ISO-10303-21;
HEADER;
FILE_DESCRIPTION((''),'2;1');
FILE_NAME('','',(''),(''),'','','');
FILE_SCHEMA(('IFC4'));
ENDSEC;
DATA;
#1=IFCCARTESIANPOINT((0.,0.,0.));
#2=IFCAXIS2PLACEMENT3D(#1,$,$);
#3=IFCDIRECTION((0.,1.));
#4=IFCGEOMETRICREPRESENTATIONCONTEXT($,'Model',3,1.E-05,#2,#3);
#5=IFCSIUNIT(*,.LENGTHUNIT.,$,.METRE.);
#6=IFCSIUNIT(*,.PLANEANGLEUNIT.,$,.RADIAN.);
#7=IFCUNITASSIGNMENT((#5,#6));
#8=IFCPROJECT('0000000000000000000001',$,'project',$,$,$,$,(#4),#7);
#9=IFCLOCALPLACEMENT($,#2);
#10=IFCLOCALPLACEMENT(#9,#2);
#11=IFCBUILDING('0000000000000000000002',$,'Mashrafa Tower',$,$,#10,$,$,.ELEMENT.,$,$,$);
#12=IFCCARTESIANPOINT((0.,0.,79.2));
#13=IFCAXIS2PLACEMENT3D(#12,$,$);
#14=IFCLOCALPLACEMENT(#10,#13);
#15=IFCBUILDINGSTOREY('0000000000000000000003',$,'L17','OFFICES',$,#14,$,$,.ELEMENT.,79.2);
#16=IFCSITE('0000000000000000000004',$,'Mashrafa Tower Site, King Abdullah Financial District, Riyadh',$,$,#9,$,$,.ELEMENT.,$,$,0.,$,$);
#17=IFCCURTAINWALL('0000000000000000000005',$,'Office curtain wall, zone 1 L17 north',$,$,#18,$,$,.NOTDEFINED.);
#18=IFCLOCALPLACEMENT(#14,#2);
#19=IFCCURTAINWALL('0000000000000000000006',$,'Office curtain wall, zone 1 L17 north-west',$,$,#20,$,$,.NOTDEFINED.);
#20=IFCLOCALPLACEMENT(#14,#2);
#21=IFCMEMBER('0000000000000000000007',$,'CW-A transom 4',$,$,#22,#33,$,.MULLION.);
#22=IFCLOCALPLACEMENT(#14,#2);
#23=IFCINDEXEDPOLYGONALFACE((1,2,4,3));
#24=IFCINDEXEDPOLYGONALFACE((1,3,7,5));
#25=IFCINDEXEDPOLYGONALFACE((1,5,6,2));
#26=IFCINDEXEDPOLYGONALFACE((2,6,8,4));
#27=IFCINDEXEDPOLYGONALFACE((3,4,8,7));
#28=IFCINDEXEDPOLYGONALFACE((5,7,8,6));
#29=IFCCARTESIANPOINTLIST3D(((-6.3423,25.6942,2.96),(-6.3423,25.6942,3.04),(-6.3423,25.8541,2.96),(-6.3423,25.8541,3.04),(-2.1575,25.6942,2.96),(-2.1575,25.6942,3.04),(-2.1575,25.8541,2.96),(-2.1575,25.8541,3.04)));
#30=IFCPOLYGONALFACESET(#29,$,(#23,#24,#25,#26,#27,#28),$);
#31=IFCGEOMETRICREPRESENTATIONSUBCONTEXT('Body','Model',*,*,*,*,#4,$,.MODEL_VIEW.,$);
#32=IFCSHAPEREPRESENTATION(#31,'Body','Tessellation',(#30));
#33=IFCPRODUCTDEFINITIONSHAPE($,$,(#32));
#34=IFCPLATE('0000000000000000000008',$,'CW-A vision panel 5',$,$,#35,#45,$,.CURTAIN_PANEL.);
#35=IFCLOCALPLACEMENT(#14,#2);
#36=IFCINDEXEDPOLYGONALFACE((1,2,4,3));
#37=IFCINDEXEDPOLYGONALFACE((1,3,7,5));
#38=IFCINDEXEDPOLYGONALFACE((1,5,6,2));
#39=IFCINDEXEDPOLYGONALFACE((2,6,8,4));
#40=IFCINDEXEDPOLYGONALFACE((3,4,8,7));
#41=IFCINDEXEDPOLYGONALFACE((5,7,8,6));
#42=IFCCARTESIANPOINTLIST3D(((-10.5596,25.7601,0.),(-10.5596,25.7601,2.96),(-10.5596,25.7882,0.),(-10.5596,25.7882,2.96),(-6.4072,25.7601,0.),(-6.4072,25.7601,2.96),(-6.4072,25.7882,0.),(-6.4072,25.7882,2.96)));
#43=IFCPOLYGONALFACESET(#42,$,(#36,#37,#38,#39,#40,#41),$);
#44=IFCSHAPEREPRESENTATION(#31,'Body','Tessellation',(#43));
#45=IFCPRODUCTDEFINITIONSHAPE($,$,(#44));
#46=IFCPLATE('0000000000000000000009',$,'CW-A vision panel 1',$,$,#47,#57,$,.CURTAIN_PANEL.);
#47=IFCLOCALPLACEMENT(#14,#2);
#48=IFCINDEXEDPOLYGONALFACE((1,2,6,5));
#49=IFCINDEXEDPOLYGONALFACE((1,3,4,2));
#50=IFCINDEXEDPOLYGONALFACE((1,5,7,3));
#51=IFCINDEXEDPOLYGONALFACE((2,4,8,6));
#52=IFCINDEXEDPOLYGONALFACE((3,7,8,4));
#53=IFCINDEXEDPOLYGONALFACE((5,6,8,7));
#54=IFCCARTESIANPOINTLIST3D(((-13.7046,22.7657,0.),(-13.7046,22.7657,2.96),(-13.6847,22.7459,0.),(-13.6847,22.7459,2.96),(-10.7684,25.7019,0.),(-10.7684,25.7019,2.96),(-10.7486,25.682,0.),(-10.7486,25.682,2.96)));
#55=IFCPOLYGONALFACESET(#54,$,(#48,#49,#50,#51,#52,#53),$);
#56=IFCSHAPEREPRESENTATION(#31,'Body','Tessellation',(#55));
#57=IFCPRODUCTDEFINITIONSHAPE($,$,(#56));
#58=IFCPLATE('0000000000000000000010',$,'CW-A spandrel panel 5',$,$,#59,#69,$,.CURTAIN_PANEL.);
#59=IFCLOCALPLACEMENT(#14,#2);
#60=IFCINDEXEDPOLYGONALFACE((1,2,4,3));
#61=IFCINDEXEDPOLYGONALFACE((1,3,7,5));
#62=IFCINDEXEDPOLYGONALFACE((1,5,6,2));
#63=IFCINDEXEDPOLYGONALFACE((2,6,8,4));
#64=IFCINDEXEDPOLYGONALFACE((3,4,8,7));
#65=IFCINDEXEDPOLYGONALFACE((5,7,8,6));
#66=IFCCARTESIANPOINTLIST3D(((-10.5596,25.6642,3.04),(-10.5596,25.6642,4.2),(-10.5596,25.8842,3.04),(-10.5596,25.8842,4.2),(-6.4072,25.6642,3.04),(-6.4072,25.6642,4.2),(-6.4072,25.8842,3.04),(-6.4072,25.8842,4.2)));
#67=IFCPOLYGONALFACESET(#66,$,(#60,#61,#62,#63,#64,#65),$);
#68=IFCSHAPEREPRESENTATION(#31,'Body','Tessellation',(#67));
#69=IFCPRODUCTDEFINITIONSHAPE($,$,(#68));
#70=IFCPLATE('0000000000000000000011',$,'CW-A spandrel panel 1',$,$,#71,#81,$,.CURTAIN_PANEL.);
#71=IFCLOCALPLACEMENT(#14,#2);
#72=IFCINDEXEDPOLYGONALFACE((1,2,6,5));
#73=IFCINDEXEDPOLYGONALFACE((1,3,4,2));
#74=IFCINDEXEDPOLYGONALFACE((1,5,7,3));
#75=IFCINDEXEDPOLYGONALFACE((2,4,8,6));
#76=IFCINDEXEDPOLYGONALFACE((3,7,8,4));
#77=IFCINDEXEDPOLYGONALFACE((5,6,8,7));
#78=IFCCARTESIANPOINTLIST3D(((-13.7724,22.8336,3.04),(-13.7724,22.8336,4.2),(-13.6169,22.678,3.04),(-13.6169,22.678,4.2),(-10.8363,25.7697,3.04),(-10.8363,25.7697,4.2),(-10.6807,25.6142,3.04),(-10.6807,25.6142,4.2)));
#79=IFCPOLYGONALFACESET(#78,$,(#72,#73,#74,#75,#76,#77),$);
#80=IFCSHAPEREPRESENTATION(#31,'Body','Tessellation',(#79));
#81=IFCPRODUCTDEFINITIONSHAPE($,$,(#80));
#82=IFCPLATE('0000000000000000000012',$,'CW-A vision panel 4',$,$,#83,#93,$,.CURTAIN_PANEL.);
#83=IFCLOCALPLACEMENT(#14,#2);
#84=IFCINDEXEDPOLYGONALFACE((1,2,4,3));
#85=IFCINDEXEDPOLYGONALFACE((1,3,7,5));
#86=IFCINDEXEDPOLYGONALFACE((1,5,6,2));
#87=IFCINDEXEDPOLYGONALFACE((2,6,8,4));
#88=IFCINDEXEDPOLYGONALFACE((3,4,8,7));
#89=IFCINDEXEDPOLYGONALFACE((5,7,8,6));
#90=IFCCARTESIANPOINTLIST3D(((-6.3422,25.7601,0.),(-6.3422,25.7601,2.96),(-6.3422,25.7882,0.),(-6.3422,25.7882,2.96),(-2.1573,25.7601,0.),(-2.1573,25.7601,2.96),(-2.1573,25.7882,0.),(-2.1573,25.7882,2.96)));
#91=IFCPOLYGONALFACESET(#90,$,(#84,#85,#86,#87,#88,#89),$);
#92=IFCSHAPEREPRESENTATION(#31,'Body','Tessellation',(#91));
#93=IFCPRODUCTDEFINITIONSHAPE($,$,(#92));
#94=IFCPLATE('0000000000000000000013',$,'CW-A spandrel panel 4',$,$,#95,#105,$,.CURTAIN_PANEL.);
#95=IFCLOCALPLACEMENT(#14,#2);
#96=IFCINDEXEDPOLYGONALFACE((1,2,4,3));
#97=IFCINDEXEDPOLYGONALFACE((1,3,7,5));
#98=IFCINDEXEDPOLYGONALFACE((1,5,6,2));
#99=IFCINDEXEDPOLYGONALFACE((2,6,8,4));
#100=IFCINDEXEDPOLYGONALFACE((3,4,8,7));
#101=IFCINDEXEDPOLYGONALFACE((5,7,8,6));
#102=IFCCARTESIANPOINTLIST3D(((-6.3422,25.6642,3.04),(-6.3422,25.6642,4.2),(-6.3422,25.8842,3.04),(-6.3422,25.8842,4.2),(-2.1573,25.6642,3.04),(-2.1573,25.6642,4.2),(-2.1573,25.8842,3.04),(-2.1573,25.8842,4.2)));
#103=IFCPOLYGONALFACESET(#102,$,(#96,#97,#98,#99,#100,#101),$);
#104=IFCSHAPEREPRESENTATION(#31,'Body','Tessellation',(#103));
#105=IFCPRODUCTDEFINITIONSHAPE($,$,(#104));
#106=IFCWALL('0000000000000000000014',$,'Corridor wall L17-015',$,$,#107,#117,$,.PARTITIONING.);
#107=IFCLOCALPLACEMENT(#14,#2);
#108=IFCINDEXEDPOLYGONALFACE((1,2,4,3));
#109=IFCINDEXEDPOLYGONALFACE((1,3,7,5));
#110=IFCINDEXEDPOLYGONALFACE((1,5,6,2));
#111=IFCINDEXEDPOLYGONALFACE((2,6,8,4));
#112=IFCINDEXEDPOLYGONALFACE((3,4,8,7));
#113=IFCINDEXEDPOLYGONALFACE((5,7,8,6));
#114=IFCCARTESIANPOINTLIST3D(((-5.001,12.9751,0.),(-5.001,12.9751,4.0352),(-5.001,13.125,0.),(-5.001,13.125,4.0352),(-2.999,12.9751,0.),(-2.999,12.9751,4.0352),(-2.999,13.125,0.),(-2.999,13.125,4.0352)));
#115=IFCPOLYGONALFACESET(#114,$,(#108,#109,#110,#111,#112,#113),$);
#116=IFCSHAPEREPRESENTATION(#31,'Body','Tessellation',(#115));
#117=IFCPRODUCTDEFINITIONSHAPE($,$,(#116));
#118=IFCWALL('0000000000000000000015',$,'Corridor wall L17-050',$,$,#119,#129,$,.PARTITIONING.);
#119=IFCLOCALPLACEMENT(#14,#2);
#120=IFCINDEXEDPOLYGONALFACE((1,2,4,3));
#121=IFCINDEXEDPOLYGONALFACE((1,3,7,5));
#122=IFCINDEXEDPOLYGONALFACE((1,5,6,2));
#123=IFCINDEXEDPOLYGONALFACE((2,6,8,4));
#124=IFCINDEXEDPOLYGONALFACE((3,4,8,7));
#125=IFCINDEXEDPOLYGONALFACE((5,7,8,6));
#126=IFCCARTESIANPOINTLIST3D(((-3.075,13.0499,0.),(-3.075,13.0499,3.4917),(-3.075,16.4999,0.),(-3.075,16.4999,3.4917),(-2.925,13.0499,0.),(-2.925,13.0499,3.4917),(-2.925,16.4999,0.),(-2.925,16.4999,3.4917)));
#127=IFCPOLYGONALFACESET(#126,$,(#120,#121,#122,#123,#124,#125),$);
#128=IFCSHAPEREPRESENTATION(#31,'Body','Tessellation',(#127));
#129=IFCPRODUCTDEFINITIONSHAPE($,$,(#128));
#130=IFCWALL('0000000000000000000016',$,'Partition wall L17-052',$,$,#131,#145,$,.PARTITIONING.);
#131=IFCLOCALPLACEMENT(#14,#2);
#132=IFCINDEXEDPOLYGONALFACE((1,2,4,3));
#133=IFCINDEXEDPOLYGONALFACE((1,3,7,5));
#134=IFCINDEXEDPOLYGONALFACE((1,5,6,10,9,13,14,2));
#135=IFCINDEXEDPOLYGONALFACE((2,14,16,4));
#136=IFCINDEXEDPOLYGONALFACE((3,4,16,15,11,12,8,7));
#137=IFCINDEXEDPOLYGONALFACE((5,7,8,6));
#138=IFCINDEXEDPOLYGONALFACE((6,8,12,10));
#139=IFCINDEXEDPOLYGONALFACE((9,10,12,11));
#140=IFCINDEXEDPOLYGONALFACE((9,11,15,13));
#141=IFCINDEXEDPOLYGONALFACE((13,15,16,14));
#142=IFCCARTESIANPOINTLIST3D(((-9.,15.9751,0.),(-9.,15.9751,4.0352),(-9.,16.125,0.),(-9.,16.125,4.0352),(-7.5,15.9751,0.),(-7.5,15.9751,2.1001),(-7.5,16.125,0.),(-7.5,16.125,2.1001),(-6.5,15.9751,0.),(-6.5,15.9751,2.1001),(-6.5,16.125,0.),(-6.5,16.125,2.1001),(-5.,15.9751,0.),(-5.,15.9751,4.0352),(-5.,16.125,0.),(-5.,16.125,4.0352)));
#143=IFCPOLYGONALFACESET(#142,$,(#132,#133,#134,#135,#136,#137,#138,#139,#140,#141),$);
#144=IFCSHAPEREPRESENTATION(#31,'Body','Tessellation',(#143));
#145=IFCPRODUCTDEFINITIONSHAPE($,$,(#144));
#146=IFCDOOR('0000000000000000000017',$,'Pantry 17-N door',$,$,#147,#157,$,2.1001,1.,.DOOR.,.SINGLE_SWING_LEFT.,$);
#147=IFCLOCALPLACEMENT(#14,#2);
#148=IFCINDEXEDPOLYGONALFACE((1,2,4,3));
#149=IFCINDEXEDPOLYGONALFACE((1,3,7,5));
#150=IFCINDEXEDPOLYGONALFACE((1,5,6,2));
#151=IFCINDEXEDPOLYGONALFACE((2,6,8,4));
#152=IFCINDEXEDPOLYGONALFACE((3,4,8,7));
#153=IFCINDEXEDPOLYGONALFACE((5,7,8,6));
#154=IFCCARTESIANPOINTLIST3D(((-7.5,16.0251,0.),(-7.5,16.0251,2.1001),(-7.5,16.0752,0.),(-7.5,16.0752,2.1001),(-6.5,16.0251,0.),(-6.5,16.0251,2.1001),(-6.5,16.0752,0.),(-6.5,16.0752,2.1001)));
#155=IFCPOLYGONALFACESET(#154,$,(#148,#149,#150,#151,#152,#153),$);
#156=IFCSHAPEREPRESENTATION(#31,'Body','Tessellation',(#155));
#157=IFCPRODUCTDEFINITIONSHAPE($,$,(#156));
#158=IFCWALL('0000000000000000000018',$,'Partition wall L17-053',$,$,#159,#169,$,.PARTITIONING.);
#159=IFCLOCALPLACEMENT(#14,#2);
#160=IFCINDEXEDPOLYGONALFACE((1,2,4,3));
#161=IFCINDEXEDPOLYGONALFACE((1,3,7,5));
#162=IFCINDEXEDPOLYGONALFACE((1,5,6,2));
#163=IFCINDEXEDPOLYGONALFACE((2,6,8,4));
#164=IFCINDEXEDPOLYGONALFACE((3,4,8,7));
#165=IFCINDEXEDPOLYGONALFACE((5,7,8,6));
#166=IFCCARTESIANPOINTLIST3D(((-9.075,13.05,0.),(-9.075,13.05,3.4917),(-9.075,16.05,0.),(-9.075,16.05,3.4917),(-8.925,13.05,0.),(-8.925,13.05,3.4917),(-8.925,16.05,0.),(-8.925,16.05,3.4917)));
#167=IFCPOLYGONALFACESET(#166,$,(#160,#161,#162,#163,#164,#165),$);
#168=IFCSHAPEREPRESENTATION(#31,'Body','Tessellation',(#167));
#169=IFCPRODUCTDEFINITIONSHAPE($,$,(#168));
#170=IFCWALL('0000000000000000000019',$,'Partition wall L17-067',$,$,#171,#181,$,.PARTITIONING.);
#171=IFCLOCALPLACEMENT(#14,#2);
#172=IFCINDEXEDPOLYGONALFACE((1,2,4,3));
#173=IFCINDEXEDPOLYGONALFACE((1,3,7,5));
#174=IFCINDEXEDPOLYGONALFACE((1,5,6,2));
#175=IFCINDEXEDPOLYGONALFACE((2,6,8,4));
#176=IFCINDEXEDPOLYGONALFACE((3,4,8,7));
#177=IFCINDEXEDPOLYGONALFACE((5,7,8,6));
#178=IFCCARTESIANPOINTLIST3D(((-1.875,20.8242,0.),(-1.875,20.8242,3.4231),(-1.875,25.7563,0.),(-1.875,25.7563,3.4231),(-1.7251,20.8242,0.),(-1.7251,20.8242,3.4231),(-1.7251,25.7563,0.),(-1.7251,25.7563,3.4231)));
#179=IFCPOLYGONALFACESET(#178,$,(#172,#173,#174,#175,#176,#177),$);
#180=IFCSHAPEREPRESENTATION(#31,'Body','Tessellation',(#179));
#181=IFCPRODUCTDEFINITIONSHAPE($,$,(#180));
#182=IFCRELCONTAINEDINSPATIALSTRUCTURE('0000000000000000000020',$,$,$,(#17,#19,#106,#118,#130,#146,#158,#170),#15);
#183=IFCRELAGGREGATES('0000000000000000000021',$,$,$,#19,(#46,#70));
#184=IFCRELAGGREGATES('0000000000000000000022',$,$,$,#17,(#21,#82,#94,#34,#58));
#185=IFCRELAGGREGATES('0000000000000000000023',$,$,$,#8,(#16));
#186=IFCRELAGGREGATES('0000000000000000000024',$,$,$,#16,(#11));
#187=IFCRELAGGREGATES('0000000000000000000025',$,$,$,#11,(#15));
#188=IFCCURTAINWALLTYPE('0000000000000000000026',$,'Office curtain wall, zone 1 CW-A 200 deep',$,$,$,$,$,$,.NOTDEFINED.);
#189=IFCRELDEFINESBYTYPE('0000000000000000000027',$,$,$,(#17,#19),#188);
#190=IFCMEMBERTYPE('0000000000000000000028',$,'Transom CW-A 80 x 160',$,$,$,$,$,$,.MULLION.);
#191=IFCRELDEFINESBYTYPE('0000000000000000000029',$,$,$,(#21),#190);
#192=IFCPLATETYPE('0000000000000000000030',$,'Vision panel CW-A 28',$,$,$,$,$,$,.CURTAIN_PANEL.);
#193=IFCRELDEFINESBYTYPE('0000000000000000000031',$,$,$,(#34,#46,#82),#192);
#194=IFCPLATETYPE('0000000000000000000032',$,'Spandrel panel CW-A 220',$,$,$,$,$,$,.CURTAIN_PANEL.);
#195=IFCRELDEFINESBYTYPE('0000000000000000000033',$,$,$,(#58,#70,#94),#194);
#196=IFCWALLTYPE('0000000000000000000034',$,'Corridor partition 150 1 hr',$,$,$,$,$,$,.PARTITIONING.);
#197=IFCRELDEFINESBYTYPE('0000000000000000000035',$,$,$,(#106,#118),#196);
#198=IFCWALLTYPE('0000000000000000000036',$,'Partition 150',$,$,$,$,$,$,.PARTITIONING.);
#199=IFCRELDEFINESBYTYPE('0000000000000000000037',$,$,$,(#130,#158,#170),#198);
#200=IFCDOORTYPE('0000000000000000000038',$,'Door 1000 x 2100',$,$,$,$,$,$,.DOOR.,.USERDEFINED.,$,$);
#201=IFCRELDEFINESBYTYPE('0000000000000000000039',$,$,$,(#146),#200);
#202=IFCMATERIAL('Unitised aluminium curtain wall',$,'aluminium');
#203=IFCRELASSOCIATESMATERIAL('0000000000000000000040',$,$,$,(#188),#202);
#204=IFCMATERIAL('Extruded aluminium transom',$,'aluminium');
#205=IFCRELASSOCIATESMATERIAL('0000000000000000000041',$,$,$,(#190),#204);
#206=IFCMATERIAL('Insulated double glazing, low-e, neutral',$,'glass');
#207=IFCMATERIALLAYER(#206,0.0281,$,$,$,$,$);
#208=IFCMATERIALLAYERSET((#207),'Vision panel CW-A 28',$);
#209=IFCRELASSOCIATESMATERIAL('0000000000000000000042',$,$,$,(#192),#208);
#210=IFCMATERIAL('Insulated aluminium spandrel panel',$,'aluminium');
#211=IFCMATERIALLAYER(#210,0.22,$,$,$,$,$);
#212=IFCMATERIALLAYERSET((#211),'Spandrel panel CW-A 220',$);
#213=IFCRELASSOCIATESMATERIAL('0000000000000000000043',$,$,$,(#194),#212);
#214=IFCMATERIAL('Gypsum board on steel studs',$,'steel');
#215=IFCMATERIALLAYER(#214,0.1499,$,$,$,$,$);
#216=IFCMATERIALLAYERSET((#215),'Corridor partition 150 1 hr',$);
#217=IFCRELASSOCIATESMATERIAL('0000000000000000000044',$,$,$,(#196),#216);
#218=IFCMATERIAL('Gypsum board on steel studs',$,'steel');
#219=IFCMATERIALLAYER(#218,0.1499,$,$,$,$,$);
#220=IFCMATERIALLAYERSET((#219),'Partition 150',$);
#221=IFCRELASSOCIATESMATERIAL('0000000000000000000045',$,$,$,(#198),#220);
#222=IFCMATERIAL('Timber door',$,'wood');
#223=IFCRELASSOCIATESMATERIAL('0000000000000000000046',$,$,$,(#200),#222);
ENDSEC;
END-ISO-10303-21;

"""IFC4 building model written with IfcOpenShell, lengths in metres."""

from ifc_helpers import new_model, si_unit, direction, frame, frame_2d, origin, origin_2d, place, context, subcontext, project, spatial, rectangle, extrude, source, transform, mapped, material, layer, layer_set, material_profile, profile_set, type_object, type_shapes, element, fill, aggregate, save


model = new_model("IFC4")

# Units and contexts
model_context = context("Model", 3, precision=1e-05, world=origin(), true_north=direction((0.0, 1.0)))
body_context = subcontext(model_context, "Body", "Model", "MODEL_VIEW")
ifc_project = project(units=[si_unit("LENGTHUNIT", "METRE"), si_unit("PLANEANGLEUNIT", "RADIAN")], contexts=[model_context])

# Site, building, storey
site_placement = place(None, origin())
site = spatial("IfcSite", under=ifc_project, at=site_placement, Name="Mashrafa Tower Site, King Abdullah Financial District, Riyadh", CompositionType="ELEMENT", RefElevation=0.0)
building_placement = place(site_placement, origin())
building = spatial("IfcBuilding", under=site, at=building_placement, Name="Mashrafa Tower", CompositionType="ELEMENT")
storey_placement = place(building_placement, frame((0.0, 0.0, 79.2)))
storey = spatial("IfcBuildingStorey", under=building, at=storey_placement, Name="L17", Description="OFFICES", CompositionType="ELEMENT", Elevation=79.2)

# Curtain wall
ifc_material_1 = material(Name="Unitised aluminium curtain wall", Category="aluminium")
curtain_wall_type = type_object("IfcCurtainWallType", Name="Office curtain wall, zone 1 CW-A 200 deep", PredefinedType="NOTDEFINED", material=ifc_material_1)
curtain_wall_1_placement = place(storey_placement, origin())
curtain_wall_1 = element("IfcCurtainWall", 1, at=curtain_wall_1_placement, inside=storey, type_object=curtain_wall_type, Name="Office curtain wall, zone 1 L17 north", PredefinedType="NOTDEFINED")

# Curtain wall
curtain_wall_2_placement = place(storey_placement, origin())
curtain_wall_2 = element("IfcCurtainWall", 2, at=curtain_wall_2_placement, inside=storey, type_object=curtain_wall_type, Name="Office curtain wall, zone 1 L17 north-west", PredefinedType="NOTDEFINED")

# Member
ifc_material_2 = material(Name="Extruded aluminium transom", Category="aluminium")
ifc_material_profile_1 = material_profile(ifc_material_2, rectangle(XDim=0.1599, YDim=0.0801, at=origin_2d()), Name="Transom 80x160")
ifc_profile_set_1 = profile_set([ifc_material_profile_1], Name="Extruded aluminium transom")
member_type_1 = type_object("IfcMemberType", Name="Transom CW-A 80 x 160", PredefinedType="MULLION", material=ifc_profile_set_1)
shared_shape_1 = source(origin(), body_context, "Body", "SweptSolid", [
    extrude(rectangle(XDim=0.1599, YDim=0.0801, at=origin_2d()), origin(), (0.0, 0.0, 1.0), 4.1848),
])
member_1_placement = place(storey_placement, frame((-2.1575, 25.7742, 3.0), z_axis=(-1.0, 0.0, 0.0), x_axis=(0.0, -1.0, 0.0)))
member_1 = element("IfcMember", 3, at=member_1_placement, type_object=member_type_1, Name="CW-A transom 4", PredefinedType="MULLION", context=body_context, shape_type="MappedRepresentation", body=[
    mapped(shared_shape_1, transform((0.0, 0.0, 0.0))),
])

# Plates
ifc_material_3 = material(Name="Insulated double glazing, low-e, neutral", Category="glass")
ifc_layer_1 = layer(ifc_material_3, 0.0281)
ifc_layer_set_1 = layer_set([ifc_layer_1], Name="Vision panel CW-A 28")
plate_type_1 = type_object("IfcPlateType", Name="Vision panel CW-A 28", PredefinedType="CURTAIN_PANEL", material=ifc_layer_set_1)
shared_shape_2 = source(origin(), body_context, "Body", "SweptSolid", [
    extrude(rectangle(XDim=4.1523, YDim=0.0281, at=origin_2d()), origin(), (0.0, 0.0, 1.0), 2.96),
])
plate_1_placement = place(storey_placement, frame((-8.4834, 25.7742, 0.0), z_axis=(0.0, 0.0, 1.0), x_axis=(-1.0, 0.0, 0.0)))
plate_1 = element("IfcPlate", 4, at=plate_1_placement, type_object=plate_type_1, Name="CW-A vision panel 5", PredefinedType="CURTAIN_PANEL", context=body_context, shape_type="MappedRepresentation", body=[
    mapped(shared_shape_2, transform((0.0, 0.0, 0.0))),
])
plate_2_placement = place(storey_placement, frame((-12.2266, 24.2239, 0.0), z_axis=(0.0, 0.0, 1.0), x_axis=(-0.707107, -0.707107, 0.0)))
plate_2 = element("IfcPlate", 5, at=plate_2_placement, type_object=plate_type_1, Name="CW-A vision panel 1", PredefinedType="CURTAIN_PANEL", context=body_context, shape_type="MappedRepresentation", body=[
    mapped(shared_shape_2, transform((0.0, 0.0, 0.0))),
])
ifc_material_4 = material(Name="Insulated aluminium spandrel panel", Category="aluminium")
ifc_layer_2 = layer(ifc_material_4, 0.22)
ifc_layer_set_2 = layer_set([ifc_layer_2], Name="Spandrel panel CW-A 220")
plate_type_2 = type_object("IfcPlateType", Name="Spandrel panel CW-A 220", PredefinedType="CURTAIN_PANEL", material=ifc_layer_set_2)
shared_shape_3 = source(origin(), body_context, "Body", "SweptSolid", [
    extrude(rectangle(XDim=4.1523, YDim=0.22, at=origin_2d()), origin(), (0.0, 0.0, 1.0), 1.1599),
])
plate_3_placement = place(storey_placement, frame((-8.4834, 25.7742, 3.04), z_axis=(0.0, 0.0, 1.0), x_axis=(-1.0, 0.0, 0.0)))
plate_3 = element("IfcPlate", 6, at=plate_3_placement, type_object=plate_type_2, Name="CW-A spandrel panel 5", PredefinedType="CURTAIN_PANEL", context=body_context, shape_type="MappedRepresentation", body=[
    mapped(shared_shape_3, transform((0.0, 0.0, 0.0))),
])
plate_4_placement = place(storey_placement, frame((-12.2266, 24.2239, 3.04), z_axis=(0.0, 0.0, 1.0), x_axis=(-0.707107, -0.707107, 0.0)))
plate_4 = element("IfcPlate", 7, at=plate_4_placement, type_object=plate_type_2, Name="CW-A spandrel panel 1", PredefinedType="CURTAIN_PANEL", context=body_context, shape_type="MappedRepresentation", body=[
    mapped(shared_shape_3, transform((0.0, 0.0, 0.0))),
])
aggregate(curtain_wall_2, [plate_2, plate_4])
shared_shape_4 = source(origin(), body_context, "Body", "SweptSolid", [
    extrude(rectangle(XDim=4.1848, YDim=0.0281, at=origin_2d()), origin(), (0.0, 0.0, 1.0), 2.96),
])
type_shapes(plate_type_1, [shared_shape_2, shared_shape_4])
plate_5_placement = place(storey_placement, frame((-4.2498, 25.7742, 0.0), z_axis=(0.0, 0.0, 1.0), x_axis=(-1.0, 0.0, 0.0)))
plate_5 = element("IfcPlate", 8, at=plate_5_placement, type_object=plate_type_1, Name="CW-A vision panel 4", PredefinedType="CURTAIN_PANEL", context=body_context, shape_type="MappedRepresentation", body=[
    mapped(shared_shape_4, transform((0.0, 0.0, 0.0))),
])
shared_shape_5 = source(origin(), body_context, "Body", "SweptSolid", [
    extrude(rectangle(XDim=4.1848, YDim=0.22, at=origin_2d()), origin(), (0.0, 0.0, 1.0), 1.1599),
])
type_shapes(plate_type_2, [shared_shape_3, shared_shape_5])
plate_6_placement = place(storey_placement, frame((-4.2498, 25.7742, 3.04), z_axis=(0.0, 0.0, 1.0), x_axis=(-1.0, 0.0, 0.0)))
plate_6 = element("IfcPlate", 9, at=plate_6_placement, type_object=plate_type_2, Name="CW-A spandrel panel 4", PredefinedType="CURTAIN_PANEL", context=body_context, shape_type="MappedRepresentation", body=[
    mapped(shared_shape_5, transform((0.0, 0.0, 0.0))),
])
aggregate(curtain_wall_1, [member_1, plate_5, plate_6, plate_1, plate_3])

# Walls
ifc_material_5 = material(Name="Gypsum board on steel studs", Category="steel")
ifc_layer_3 = layer(ifc_material_5, 0.1499)
ifc_layer_set_3 = layer_set([ifc_layer_3], Name="Corridor partition 150 1 hr")
wall_type_1 = type_object("IfcWallType", Name="Corridor partition 150 1 hr", PredefinedType="PARTITIONING", material=ifc_layer_set_3)
wall_1_placement = place(storey_placement, frame((-2.999, 13.05, 0.0), z_axis=(0.0, 0.0, 1.0), x_axis=(-1.0, 0.0, 0.0)))
element("IfcWall", 10, at=wall_1_placement, inside=storey, type_object=wall_type_1, Name="Corridor wall L17-015", PredefinedType="PARTITIONING", context=body_context, shape_type="SweptSolid", body=[
    extrude(rectangle(XDim=2.002, YDim=0.1499, at=frame_2d((1.001, 0.0))), origin(), (0.0, 0.0, 1.0), 4.0352),
])
wall_2_placement = place(storey_placement, frame((-3.0, 16.5, 0.0), z_axis=(0.0, 0.0, 1.0), x_axis=(0.0, -1.0, 0.0)))
element("IfcWall", 11, at=wall_2_placement, inside=storey, type_object=wall_type_1, Name="Corridor wall L17-050", PredefinedType="PARTITIONING", context=body_context, shape_type="SweptSolid", body=[
    extrude(rectangle(XDim=3.45, YDim=0.1499, at=frame_2d((1.7251, 0.0))), origin(), (0.0, 0.0, 1.0), 3.4917),
])

# Wall, opening, door
ifc_material_6 = material(Name="Gypsum board on steel studs", Category="steel")
ifc_layer_4 = layer(ifc_material_6, 0.1499)
ifc_layer_set_4 = layer_set([ifc_layer_4], Name="Partition 150")
wall_type_2 = type_object("IfcWallType", Name="Partition 150", PredefinedType="PARTITIONING", material=ifc_layer_set_4)
wall_3_placement = place(storey_placement, frame((-5.0, 16.05, 0.0), z_axis=(0.0, 0.0, 1.0), x_axis=(-1.0, 0.0, 0.0)))
wall_3 = element("IfcWall", 12, at=wall_3_placement, inside=storey, type_object=wall_type_2, Name="Partition wall L17-052", PredefinedType="PARTITIONING", context=body_context, shape_type="SweptSolid", body=[
    extrude(rectangle(XDim=4.0, YDim=0.1499, at=frame_2d((2.0, 0.0))), origin(), (0.0, 0.0, 1.0), 4.0352),
])
opening_1_placement = place(wall_3_placement, frame((1.5, 0.0, 0.0)))
opening_1 = element("IfcOpeningElement", 13, at=opening_1_placement, cuts=wall_3, PredefinedType="OPENING", context=body_context, shape_type="SweptSolid", body=[
    extrude(rectangle(XDim=1.0, YDim=2.1001, at=frame_2d((0.5, 1.05))), frame((0.0, 0.085, 0.0), z_axis=(0.0, -1.0, 0.0), x_axis=(1.0, 0.0, 0.0)), (0.0, 0.0, 1.0), 0.1699),
])
ifc_material_7 = material(Name="Timber door", Category="wood")
door_type = type_object("IfcDoorType", Name="Door 1000 x 2100", OperationType="USERDEFINED", PredefinedType="DOOR", material=ifc_material_7)
door_1_placement = place(opening_1_placement, origin())
door_1 = element("IfcDoor", 14, at=door_1_placement, inside=storey, type_object=door_type, Name="Pantry 17-N door", OperationType="SINGLE_SWING_LEFT", OverallHeight=2.1001, OverallWidth=1.0, PredefinedType="DOOR", context=body_context, shape_type="SweptSolid", body=[
    extrude(rectangle(XDim=1.0, YDim=2.1001, at=frame_2d((0.5, 1.05))), frame((0.0, 0.0249, 0.0), z_axis=(0.0, -1.0, 0.0), x_axis=(1.0, 0.0, 0.0)), (0.0, 0.0, 1.0), 0.05),
])
fill(opening_1, door_1)

# Walls
wall_4_placement = place(storey_placement, frame((-9.0, 16.05, 0.0), z_axis=(0.0, 0.0, 1.0), x_axis=(0.0, -1.0, 0.0)))
element("IfcWall", 15, at=wall_4_placement, inside=storey, type_object=wall_type_2, Name="Partition wall L17-053", PredefinedType="PARTITIONING", context=body_context, shape_type="SweptSolid", body=[
    extrude(rectangle(XDim=3.0, YDim=0.1499, at=frame_2d((1.5, 0.0))), origin(), (0.0, 0.0, 1.0), 3.4917),
])
wall_5_placement = place(storey_placement, frame((-1.8, 25.7563, 0.0), z_axis=(0.0, 0.0, 1.0), x_axis=(0.0, -1.0, 0.0)))
element("IfcWall", 16, at=wall_5_placement, inside=storey, type_object=wall_type_2, Name="Partition wall L17-067", PredefinedType="PARTITIONING", context=body_context, shape_type="SweptSolid", body=[
    extrude(rectangle(XDim=4.9321, YDim=0.1499, at=frame_2d((2.4661, 0.0))), origin(), (0.0, 0.0, 1.0), 3.4231),
])

save(model, "model.ifc")
